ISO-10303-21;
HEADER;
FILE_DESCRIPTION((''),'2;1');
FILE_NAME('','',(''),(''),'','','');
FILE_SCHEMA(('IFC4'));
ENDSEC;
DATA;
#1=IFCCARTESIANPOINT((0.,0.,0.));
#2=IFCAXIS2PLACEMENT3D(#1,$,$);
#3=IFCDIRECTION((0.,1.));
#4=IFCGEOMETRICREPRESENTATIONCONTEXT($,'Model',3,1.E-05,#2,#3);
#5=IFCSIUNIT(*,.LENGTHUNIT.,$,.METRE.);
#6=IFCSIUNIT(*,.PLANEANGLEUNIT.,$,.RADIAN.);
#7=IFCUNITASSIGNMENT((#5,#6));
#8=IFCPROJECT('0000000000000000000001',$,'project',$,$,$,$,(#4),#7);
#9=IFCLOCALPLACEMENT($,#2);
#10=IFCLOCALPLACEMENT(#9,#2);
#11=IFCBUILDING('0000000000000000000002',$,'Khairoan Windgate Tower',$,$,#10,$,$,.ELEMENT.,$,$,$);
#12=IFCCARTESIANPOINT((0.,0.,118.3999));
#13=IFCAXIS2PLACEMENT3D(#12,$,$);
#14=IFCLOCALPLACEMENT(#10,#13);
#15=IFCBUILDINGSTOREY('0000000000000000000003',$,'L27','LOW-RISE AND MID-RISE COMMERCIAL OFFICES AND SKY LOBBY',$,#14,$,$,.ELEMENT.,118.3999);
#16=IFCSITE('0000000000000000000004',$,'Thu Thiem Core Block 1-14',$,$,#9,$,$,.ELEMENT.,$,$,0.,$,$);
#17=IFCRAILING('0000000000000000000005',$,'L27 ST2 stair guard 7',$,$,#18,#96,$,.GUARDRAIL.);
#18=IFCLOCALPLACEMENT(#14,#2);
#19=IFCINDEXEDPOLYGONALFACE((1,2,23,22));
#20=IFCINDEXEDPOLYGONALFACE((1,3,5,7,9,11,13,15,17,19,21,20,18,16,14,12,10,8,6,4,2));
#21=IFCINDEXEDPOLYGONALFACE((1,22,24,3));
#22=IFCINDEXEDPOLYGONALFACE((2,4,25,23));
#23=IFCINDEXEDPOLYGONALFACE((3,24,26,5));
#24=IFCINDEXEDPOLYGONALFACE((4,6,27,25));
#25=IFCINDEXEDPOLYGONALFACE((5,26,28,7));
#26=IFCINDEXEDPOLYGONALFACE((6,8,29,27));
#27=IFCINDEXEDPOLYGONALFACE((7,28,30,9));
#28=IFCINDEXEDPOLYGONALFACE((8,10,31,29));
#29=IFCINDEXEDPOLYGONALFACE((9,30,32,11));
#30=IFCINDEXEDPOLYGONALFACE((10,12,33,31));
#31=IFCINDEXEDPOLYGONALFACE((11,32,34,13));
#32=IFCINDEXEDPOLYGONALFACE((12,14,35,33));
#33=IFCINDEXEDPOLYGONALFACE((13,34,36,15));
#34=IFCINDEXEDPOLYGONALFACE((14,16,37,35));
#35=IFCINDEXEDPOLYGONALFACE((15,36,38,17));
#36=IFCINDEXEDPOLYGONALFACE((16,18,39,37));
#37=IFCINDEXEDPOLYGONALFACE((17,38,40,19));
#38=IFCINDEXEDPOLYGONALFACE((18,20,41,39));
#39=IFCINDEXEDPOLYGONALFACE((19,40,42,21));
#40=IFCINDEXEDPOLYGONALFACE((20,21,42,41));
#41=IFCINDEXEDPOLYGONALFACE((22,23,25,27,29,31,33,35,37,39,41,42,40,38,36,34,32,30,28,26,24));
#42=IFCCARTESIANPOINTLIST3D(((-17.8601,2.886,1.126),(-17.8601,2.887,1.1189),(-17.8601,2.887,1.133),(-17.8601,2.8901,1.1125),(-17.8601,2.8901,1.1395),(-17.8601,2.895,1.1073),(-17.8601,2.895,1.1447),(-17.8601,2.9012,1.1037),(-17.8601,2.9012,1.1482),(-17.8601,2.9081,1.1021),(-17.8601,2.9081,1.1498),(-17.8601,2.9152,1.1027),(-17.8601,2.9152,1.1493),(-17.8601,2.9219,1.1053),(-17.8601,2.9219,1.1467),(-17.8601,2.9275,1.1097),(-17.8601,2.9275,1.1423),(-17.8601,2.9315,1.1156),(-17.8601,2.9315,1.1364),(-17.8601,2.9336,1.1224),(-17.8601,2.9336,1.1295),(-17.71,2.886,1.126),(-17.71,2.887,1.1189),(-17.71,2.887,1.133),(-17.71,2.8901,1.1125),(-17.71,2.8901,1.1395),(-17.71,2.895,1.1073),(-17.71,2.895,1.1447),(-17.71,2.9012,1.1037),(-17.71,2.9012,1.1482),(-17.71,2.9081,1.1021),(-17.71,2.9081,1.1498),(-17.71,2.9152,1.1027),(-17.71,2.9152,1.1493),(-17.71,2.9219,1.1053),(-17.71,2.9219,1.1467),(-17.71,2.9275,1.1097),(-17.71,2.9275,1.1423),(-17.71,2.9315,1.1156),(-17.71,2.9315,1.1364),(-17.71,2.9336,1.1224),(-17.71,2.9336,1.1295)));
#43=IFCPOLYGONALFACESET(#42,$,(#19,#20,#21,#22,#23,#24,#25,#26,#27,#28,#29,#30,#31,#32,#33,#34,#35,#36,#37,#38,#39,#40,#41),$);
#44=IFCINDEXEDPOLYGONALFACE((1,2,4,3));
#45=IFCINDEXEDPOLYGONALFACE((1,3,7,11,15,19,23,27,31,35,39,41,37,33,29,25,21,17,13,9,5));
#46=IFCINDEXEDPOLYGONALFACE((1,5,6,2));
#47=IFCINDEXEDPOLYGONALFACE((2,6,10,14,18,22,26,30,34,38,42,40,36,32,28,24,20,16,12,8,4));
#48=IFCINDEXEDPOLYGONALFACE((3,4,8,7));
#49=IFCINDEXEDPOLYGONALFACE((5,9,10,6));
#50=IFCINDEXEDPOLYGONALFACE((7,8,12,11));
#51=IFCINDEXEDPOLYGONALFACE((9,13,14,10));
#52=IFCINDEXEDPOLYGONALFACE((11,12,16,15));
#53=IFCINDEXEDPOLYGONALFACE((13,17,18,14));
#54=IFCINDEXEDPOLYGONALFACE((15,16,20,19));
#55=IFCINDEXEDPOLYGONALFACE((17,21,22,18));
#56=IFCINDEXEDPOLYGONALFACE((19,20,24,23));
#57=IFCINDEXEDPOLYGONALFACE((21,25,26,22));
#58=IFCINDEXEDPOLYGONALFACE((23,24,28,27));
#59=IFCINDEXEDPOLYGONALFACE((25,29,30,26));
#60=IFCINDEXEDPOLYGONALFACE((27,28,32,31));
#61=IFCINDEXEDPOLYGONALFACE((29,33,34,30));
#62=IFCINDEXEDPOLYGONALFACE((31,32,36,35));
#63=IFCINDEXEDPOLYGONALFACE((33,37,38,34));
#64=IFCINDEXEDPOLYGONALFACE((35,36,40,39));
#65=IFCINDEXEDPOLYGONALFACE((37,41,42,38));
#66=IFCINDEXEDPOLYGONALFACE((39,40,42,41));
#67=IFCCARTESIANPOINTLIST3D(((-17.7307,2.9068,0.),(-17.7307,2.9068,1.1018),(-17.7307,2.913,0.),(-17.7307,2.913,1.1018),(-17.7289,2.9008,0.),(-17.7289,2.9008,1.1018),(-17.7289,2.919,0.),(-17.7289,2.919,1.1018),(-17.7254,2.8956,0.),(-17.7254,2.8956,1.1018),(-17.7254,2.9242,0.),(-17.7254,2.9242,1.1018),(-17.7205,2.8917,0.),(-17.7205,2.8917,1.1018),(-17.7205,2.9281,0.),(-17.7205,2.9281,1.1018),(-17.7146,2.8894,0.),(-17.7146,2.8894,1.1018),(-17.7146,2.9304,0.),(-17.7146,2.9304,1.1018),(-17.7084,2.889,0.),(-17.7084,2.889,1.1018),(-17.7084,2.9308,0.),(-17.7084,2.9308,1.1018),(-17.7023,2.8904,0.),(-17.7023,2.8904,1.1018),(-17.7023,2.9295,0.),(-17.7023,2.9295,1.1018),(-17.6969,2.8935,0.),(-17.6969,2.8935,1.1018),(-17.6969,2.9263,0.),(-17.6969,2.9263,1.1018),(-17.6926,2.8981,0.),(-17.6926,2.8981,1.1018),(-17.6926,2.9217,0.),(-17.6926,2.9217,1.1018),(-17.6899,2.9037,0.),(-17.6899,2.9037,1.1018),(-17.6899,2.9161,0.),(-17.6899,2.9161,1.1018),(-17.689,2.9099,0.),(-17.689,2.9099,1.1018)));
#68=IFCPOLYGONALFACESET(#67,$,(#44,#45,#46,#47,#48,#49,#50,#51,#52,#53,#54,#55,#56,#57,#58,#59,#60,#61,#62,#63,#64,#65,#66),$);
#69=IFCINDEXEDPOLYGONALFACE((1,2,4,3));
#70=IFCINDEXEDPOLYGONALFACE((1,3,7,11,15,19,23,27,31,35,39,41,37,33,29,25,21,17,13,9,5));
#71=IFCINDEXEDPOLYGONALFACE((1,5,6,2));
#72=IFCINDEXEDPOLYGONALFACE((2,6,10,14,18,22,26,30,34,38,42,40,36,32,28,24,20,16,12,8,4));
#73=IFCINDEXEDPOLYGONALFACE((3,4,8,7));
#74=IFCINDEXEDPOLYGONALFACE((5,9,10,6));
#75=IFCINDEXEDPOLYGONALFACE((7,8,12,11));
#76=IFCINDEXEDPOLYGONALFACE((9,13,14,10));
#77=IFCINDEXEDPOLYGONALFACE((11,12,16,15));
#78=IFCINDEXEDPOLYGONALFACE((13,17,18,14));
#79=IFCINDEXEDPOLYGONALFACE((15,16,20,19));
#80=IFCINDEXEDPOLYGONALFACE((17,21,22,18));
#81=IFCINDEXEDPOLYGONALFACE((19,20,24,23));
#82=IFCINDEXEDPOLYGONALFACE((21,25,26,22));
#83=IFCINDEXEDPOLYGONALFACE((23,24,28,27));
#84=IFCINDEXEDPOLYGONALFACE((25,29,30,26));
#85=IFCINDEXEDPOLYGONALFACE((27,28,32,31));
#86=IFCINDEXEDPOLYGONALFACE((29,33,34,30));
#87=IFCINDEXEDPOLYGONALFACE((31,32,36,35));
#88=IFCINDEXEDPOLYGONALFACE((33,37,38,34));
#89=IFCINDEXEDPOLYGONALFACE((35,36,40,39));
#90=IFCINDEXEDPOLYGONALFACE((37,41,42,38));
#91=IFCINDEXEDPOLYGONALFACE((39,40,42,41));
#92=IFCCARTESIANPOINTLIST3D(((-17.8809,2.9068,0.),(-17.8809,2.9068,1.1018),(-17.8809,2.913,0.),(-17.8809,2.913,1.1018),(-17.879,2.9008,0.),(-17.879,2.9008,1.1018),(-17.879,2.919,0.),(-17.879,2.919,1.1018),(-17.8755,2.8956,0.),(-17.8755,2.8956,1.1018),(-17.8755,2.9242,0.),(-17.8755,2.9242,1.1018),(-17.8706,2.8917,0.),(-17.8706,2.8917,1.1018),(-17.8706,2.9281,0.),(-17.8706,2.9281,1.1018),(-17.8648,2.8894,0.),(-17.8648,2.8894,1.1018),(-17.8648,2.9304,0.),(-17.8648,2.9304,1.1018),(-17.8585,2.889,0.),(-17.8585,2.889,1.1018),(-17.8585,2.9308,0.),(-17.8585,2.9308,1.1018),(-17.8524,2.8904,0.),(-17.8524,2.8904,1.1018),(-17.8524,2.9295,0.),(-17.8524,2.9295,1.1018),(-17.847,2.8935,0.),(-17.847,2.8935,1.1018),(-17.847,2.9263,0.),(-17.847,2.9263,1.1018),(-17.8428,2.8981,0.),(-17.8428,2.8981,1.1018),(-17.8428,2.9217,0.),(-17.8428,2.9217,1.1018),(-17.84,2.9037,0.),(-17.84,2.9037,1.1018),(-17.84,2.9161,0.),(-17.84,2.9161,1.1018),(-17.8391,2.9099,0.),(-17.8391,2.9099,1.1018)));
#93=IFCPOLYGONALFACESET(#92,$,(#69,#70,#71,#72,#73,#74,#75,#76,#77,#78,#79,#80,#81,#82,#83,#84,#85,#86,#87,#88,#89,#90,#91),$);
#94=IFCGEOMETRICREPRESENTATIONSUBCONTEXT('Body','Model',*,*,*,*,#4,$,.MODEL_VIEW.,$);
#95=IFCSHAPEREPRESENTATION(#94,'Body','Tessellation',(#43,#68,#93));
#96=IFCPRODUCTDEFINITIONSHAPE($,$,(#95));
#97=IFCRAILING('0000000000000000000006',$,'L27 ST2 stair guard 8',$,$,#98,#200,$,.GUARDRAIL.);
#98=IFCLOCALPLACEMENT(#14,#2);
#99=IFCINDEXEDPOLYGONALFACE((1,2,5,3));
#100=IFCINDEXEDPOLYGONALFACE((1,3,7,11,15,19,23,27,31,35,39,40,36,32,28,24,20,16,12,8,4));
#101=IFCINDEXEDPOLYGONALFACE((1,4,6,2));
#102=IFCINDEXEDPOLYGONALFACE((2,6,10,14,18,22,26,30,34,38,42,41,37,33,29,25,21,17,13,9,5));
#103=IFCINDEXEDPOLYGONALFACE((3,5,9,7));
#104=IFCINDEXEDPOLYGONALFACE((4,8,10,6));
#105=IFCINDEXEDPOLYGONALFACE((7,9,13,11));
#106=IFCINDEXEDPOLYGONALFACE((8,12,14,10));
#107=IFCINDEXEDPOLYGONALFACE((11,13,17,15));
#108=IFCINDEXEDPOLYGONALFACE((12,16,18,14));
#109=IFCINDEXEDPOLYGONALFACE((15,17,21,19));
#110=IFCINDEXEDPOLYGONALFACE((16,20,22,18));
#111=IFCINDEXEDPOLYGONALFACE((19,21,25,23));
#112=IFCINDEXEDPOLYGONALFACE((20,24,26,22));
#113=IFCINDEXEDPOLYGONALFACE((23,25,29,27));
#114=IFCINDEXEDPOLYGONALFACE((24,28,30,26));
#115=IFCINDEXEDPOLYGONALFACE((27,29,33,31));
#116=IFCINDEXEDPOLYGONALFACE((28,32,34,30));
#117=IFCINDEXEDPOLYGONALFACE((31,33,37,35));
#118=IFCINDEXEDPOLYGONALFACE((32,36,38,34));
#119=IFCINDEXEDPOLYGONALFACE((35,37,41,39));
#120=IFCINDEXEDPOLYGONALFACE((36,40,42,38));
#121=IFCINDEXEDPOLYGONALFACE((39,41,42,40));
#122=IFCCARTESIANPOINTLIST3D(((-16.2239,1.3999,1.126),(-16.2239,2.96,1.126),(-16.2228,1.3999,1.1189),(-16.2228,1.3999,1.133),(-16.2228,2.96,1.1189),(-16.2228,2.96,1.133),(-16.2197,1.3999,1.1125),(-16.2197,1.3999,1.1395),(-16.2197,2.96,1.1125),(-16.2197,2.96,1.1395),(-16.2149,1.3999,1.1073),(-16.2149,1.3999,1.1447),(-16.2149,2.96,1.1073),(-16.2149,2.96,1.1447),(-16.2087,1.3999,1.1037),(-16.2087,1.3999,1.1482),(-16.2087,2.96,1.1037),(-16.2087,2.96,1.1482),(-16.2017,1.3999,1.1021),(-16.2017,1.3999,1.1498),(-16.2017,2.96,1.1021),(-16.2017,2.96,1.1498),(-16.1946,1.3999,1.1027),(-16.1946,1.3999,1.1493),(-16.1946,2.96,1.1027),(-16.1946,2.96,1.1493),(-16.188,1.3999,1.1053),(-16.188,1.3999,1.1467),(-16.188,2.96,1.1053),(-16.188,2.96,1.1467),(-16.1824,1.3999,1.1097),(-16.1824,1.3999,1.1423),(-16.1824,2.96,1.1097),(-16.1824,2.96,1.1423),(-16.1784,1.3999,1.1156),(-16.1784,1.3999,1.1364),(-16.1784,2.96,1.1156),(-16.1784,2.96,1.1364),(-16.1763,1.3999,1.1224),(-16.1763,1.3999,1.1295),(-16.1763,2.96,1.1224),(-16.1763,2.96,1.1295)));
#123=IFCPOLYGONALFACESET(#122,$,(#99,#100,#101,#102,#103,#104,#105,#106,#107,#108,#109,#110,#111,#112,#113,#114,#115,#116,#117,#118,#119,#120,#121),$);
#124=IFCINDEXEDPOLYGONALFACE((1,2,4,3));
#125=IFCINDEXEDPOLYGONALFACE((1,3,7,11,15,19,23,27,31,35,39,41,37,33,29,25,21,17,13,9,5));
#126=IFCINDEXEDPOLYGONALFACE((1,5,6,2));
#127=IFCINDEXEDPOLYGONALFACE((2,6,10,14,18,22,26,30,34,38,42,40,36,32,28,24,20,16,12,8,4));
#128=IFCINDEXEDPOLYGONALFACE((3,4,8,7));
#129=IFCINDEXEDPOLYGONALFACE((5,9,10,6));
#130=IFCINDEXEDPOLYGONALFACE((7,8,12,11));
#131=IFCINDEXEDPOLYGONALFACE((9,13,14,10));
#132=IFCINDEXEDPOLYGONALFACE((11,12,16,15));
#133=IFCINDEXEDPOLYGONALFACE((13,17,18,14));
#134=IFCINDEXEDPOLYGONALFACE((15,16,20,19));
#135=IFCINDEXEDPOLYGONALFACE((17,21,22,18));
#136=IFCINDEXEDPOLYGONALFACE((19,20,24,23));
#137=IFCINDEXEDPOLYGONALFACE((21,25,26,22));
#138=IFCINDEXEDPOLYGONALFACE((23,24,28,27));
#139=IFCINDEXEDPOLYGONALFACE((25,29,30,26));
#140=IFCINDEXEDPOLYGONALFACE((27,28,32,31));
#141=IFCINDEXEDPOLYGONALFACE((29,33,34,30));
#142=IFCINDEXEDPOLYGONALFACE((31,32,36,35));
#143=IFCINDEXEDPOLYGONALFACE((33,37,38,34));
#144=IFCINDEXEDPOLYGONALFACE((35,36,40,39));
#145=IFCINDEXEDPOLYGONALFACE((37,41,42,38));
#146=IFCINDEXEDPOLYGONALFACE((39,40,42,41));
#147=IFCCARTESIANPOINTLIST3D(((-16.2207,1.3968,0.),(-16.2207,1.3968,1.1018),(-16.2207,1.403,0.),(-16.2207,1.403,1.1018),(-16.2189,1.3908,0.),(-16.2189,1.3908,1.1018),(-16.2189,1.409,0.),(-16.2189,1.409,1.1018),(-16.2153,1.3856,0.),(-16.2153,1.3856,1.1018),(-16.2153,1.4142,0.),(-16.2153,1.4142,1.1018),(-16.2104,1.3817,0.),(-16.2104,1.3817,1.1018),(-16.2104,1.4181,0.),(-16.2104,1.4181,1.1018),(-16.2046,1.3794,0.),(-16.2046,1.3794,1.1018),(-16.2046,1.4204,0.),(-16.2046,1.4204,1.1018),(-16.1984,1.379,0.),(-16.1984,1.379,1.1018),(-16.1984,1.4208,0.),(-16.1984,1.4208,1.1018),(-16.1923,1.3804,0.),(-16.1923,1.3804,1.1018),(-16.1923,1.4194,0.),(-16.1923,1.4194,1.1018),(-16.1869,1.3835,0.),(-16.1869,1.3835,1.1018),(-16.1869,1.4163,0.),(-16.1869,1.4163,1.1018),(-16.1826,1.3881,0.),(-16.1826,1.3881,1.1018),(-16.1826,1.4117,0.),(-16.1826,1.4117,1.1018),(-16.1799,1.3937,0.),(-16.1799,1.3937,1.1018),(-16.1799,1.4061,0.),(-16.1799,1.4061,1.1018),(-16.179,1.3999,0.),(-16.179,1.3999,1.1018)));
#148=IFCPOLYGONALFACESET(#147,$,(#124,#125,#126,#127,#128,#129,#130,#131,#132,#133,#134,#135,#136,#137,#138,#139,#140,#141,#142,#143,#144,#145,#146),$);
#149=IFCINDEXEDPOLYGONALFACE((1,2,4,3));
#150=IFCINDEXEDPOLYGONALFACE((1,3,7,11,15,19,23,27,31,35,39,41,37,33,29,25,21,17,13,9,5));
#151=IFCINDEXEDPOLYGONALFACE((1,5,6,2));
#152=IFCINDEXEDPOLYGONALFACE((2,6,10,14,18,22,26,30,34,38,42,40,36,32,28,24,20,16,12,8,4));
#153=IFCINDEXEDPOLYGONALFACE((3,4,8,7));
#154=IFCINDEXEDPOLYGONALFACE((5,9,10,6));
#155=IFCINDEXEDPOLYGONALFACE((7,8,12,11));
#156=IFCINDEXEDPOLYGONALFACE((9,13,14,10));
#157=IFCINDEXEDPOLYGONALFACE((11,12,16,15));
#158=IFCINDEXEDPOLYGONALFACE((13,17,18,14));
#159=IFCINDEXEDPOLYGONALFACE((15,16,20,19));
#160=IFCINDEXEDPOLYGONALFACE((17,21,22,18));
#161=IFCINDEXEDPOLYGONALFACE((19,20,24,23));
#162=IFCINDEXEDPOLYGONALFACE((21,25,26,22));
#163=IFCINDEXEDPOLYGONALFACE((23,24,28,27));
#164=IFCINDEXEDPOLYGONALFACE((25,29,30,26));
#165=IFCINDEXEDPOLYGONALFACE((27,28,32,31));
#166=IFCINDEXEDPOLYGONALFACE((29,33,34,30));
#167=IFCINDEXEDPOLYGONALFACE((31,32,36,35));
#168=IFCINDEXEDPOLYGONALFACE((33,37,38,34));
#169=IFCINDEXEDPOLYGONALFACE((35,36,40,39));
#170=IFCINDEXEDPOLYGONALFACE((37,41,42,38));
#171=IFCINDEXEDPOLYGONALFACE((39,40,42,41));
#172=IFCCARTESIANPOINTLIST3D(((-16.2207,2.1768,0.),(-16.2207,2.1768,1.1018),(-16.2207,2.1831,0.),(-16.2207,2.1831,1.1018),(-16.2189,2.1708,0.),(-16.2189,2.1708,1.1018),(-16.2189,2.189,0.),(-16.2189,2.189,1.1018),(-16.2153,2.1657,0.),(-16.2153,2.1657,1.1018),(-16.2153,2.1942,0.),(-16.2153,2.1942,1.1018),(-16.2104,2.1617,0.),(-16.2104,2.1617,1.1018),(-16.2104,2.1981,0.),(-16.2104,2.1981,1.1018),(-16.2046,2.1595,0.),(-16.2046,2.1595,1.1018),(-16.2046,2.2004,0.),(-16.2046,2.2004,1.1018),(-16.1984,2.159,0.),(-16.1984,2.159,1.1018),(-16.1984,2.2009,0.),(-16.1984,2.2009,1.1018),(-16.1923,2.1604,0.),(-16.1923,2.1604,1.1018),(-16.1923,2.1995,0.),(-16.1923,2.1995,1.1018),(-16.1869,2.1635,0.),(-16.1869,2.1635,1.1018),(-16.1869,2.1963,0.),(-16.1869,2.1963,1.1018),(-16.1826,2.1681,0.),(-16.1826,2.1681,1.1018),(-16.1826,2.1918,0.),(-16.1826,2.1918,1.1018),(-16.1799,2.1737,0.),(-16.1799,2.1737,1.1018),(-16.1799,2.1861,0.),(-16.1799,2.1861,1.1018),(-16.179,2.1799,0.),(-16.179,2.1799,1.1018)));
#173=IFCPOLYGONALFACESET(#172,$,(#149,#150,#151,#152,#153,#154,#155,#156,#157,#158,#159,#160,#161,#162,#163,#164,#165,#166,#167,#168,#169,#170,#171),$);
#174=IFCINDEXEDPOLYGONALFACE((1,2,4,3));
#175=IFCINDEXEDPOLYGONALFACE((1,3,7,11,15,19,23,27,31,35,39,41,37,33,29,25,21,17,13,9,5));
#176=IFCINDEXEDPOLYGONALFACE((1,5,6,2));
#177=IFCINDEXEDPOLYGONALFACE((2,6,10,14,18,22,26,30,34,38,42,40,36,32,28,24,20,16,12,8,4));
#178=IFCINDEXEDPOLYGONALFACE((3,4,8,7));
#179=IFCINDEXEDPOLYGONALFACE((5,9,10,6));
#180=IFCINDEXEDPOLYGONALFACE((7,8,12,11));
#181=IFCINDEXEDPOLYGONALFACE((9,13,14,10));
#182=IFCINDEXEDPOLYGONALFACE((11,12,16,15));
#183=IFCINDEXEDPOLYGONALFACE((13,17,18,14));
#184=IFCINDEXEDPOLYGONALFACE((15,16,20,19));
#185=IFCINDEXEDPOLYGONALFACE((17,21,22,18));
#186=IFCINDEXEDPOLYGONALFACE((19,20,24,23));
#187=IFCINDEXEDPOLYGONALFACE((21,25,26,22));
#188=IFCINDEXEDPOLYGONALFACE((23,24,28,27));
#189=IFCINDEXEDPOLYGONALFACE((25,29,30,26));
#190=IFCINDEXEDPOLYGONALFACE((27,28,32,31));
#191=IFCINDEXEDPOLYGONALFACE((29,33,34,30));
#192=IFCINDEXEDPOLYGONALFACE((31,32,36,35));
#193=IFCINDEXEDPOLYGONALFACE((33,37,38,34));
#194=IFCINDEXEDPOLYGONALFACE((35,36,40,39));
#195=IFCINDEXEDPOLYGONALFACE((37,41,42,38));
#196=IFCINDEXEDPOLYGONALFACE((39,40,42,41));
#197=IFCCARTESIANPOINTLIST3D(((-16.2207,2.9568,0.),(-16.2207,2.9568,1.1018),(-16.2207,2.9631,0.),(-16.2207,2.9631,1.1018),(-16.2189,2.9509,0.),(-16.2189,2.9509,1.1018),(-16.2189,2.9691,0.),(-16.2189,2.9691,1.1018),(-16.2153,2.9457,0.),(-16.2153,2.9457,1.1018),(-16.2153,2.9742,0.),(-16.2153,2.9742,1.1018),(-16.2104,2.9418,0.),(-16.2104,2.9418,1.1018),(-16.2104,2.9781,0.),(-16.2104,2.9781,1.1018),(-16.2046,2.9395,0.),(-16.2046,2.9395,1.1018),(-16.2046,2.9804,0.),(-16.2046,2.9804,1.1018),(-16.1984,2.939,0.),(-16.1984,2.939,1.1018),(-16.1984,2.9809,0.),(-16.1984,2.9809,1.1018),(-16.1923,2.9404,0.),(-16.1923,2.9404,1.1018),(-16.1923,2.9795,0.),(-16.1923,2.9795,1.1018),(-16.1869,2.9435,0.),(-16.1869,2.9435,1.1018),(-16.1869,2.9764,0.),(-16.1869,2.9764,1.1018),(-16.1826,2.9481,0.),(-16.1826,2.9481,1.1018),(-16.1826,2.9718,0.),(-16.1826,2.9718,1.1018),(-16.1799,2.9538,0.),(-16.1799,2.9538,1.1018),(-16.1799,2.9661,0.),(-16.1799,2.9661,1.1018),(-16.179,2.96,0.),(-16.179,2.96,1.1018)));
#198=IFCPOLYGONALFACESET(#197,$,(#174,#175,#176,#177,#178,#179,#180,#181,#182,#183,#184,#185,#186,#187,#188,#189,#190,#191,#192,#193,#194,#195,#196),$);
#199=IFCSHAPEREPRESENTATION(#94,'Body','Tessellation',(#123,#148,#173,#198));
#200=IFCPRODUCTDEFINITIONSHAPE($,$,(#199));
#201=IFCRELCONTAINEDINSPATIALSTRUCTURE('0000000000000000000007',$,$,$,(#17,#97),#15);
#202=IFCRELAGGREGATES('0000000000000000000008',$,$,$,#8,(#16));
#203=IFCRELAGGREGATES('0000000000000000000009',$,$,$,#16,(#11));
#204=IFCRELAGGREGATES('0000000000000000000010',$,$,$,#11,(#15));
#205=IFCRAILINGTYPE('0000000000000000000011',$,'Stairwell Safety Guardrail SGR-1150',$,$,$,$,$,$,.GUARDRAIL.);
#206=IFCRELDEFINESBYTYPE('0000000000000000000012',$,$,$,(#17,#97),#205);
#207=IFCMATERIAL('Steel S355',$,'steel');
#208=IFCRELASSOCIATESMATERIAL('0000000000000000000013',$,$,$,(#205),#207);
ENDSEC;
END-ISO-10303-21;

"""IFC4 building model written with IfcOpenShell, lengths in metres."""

from ifc_helpers import new_model, si_unit, direction, frame, origin, origin_2d, place, context, subcontext, project, spatial, circle, extrude, material, type_object, element, save


model = new_model("IFC4")

# Units and contexts
model_context = context("Model", 3, precision=1e-05, world=origin(), true_north=direction((0.0, 1.0)))
body_context = subcontext(model_context, "Body", "Model", "MODEL_VIEW")
ifc_project = project(units=[si_unit("LENGTHUNIT", "METRE"), si_unit("PLANEANGLEUNIT", "RADIAN")], contexts=[model_context])

# Site, building, storey
site_placement = place(None, origin())
site = spatial("IfcSite", under=ifc_project, at=site_placement, Name="Thu Thiem Core Block 1-14", CompositionType="ELEMENT", RefElevation=0.0)
building_placement = place(site_placement, origin())
building = spatial("IfcBuilding", under=site, at=building_placement, Name="Khairoan Windgate Tower", CompositionType="ELEMENT")
storey_placement = place(building_placement, frame((0.0, 0.0, 118.3999)))
storey = spatial("IfcBuildingStorey", under=building, at=storey_placement, Name="L27", Description="LOW-RISE AND MID-RISE COMMERCIAL OFFICES AND SKY LOBBY", CompositionType="ELEMENT", Elevation=118.3999)

# Railings
ifc_material_1 = material(Name="Steel S355", Category="steel")
railing_type_1 = type_object("IfcRailingType", Name="Stairwell Safety Guardrail SGR-1150", PredefinedType="GUARDRAIL", material=ifc_material_1)
railing_1_placement = place(storey_placement, frame((-17.71, 2.9099, 0.0)))
element("IfcRailing", 1, at=railing_1_placement, inside=storey, type_object=railing_type_1, Name="L27 ST2 stair guard 7", PredefinedType="GUARDRAIL", context=body_context, shape_type="SweptSolid", body=[
    extrude(circle(Radius=0.0239, at=origin_2d()), frame((0.0, 0.0, 1.126), z_axis=(-1.0, 0.0, 0.0), x_axis=(0.0, -1.0, 0.0)), (0.0, 0.0, 1.0), 0.1501),
    extrude(circle(Radius=0.021, at=origin_2d()), origin(), (0.0, 0.0, 1.0), 1.1018),
    extrude(circle(Radius=0.021, at=origin_2d()), frame((-0.1501, 0.0, 0.0)), (0.0, 0.0, 1.0), 1.1018),
])
for number, where, name in (
    (2, (-16.2, 1.3999, 0.0), "L27 ST2 stair guard 8"),
):
    element("IfcRailing", number, at=place(storey_placement, frame(where)), inside=storey, type_object=railing_type_1, Name=name, PredefinedType="GUARDRAIL", context=body_context, shape_type="SweptSolid", body=[
        extrude(circle(Radius=0.0239, at=origin_2d()), frame((0.0, 0.0, 1.126), z_axis=(0.0, 1.0, 0.0), x_axis=(-1.0, 0.0, 0.0)), (0.0, 0.0, 1.0), 1.5601),
        extrude(circle(Radius=0.021, at=origin_2d()), origin(), (0.0, 0.0, 1.0), 1.1018),
        extrude(circle(Radius=0.021, at=origin_2d()), frame((0.0, 0.78, 0.0)), (0.0, 0.0, 1.0), 1.1018),
        extrude(circle(Radius=0.021, at=origin_2d()), frame((0.0, 1.5601, 0.0)), (0.0, 0.0, 1.0), 1.1018),
    ])

save(model, "model.ifc")
